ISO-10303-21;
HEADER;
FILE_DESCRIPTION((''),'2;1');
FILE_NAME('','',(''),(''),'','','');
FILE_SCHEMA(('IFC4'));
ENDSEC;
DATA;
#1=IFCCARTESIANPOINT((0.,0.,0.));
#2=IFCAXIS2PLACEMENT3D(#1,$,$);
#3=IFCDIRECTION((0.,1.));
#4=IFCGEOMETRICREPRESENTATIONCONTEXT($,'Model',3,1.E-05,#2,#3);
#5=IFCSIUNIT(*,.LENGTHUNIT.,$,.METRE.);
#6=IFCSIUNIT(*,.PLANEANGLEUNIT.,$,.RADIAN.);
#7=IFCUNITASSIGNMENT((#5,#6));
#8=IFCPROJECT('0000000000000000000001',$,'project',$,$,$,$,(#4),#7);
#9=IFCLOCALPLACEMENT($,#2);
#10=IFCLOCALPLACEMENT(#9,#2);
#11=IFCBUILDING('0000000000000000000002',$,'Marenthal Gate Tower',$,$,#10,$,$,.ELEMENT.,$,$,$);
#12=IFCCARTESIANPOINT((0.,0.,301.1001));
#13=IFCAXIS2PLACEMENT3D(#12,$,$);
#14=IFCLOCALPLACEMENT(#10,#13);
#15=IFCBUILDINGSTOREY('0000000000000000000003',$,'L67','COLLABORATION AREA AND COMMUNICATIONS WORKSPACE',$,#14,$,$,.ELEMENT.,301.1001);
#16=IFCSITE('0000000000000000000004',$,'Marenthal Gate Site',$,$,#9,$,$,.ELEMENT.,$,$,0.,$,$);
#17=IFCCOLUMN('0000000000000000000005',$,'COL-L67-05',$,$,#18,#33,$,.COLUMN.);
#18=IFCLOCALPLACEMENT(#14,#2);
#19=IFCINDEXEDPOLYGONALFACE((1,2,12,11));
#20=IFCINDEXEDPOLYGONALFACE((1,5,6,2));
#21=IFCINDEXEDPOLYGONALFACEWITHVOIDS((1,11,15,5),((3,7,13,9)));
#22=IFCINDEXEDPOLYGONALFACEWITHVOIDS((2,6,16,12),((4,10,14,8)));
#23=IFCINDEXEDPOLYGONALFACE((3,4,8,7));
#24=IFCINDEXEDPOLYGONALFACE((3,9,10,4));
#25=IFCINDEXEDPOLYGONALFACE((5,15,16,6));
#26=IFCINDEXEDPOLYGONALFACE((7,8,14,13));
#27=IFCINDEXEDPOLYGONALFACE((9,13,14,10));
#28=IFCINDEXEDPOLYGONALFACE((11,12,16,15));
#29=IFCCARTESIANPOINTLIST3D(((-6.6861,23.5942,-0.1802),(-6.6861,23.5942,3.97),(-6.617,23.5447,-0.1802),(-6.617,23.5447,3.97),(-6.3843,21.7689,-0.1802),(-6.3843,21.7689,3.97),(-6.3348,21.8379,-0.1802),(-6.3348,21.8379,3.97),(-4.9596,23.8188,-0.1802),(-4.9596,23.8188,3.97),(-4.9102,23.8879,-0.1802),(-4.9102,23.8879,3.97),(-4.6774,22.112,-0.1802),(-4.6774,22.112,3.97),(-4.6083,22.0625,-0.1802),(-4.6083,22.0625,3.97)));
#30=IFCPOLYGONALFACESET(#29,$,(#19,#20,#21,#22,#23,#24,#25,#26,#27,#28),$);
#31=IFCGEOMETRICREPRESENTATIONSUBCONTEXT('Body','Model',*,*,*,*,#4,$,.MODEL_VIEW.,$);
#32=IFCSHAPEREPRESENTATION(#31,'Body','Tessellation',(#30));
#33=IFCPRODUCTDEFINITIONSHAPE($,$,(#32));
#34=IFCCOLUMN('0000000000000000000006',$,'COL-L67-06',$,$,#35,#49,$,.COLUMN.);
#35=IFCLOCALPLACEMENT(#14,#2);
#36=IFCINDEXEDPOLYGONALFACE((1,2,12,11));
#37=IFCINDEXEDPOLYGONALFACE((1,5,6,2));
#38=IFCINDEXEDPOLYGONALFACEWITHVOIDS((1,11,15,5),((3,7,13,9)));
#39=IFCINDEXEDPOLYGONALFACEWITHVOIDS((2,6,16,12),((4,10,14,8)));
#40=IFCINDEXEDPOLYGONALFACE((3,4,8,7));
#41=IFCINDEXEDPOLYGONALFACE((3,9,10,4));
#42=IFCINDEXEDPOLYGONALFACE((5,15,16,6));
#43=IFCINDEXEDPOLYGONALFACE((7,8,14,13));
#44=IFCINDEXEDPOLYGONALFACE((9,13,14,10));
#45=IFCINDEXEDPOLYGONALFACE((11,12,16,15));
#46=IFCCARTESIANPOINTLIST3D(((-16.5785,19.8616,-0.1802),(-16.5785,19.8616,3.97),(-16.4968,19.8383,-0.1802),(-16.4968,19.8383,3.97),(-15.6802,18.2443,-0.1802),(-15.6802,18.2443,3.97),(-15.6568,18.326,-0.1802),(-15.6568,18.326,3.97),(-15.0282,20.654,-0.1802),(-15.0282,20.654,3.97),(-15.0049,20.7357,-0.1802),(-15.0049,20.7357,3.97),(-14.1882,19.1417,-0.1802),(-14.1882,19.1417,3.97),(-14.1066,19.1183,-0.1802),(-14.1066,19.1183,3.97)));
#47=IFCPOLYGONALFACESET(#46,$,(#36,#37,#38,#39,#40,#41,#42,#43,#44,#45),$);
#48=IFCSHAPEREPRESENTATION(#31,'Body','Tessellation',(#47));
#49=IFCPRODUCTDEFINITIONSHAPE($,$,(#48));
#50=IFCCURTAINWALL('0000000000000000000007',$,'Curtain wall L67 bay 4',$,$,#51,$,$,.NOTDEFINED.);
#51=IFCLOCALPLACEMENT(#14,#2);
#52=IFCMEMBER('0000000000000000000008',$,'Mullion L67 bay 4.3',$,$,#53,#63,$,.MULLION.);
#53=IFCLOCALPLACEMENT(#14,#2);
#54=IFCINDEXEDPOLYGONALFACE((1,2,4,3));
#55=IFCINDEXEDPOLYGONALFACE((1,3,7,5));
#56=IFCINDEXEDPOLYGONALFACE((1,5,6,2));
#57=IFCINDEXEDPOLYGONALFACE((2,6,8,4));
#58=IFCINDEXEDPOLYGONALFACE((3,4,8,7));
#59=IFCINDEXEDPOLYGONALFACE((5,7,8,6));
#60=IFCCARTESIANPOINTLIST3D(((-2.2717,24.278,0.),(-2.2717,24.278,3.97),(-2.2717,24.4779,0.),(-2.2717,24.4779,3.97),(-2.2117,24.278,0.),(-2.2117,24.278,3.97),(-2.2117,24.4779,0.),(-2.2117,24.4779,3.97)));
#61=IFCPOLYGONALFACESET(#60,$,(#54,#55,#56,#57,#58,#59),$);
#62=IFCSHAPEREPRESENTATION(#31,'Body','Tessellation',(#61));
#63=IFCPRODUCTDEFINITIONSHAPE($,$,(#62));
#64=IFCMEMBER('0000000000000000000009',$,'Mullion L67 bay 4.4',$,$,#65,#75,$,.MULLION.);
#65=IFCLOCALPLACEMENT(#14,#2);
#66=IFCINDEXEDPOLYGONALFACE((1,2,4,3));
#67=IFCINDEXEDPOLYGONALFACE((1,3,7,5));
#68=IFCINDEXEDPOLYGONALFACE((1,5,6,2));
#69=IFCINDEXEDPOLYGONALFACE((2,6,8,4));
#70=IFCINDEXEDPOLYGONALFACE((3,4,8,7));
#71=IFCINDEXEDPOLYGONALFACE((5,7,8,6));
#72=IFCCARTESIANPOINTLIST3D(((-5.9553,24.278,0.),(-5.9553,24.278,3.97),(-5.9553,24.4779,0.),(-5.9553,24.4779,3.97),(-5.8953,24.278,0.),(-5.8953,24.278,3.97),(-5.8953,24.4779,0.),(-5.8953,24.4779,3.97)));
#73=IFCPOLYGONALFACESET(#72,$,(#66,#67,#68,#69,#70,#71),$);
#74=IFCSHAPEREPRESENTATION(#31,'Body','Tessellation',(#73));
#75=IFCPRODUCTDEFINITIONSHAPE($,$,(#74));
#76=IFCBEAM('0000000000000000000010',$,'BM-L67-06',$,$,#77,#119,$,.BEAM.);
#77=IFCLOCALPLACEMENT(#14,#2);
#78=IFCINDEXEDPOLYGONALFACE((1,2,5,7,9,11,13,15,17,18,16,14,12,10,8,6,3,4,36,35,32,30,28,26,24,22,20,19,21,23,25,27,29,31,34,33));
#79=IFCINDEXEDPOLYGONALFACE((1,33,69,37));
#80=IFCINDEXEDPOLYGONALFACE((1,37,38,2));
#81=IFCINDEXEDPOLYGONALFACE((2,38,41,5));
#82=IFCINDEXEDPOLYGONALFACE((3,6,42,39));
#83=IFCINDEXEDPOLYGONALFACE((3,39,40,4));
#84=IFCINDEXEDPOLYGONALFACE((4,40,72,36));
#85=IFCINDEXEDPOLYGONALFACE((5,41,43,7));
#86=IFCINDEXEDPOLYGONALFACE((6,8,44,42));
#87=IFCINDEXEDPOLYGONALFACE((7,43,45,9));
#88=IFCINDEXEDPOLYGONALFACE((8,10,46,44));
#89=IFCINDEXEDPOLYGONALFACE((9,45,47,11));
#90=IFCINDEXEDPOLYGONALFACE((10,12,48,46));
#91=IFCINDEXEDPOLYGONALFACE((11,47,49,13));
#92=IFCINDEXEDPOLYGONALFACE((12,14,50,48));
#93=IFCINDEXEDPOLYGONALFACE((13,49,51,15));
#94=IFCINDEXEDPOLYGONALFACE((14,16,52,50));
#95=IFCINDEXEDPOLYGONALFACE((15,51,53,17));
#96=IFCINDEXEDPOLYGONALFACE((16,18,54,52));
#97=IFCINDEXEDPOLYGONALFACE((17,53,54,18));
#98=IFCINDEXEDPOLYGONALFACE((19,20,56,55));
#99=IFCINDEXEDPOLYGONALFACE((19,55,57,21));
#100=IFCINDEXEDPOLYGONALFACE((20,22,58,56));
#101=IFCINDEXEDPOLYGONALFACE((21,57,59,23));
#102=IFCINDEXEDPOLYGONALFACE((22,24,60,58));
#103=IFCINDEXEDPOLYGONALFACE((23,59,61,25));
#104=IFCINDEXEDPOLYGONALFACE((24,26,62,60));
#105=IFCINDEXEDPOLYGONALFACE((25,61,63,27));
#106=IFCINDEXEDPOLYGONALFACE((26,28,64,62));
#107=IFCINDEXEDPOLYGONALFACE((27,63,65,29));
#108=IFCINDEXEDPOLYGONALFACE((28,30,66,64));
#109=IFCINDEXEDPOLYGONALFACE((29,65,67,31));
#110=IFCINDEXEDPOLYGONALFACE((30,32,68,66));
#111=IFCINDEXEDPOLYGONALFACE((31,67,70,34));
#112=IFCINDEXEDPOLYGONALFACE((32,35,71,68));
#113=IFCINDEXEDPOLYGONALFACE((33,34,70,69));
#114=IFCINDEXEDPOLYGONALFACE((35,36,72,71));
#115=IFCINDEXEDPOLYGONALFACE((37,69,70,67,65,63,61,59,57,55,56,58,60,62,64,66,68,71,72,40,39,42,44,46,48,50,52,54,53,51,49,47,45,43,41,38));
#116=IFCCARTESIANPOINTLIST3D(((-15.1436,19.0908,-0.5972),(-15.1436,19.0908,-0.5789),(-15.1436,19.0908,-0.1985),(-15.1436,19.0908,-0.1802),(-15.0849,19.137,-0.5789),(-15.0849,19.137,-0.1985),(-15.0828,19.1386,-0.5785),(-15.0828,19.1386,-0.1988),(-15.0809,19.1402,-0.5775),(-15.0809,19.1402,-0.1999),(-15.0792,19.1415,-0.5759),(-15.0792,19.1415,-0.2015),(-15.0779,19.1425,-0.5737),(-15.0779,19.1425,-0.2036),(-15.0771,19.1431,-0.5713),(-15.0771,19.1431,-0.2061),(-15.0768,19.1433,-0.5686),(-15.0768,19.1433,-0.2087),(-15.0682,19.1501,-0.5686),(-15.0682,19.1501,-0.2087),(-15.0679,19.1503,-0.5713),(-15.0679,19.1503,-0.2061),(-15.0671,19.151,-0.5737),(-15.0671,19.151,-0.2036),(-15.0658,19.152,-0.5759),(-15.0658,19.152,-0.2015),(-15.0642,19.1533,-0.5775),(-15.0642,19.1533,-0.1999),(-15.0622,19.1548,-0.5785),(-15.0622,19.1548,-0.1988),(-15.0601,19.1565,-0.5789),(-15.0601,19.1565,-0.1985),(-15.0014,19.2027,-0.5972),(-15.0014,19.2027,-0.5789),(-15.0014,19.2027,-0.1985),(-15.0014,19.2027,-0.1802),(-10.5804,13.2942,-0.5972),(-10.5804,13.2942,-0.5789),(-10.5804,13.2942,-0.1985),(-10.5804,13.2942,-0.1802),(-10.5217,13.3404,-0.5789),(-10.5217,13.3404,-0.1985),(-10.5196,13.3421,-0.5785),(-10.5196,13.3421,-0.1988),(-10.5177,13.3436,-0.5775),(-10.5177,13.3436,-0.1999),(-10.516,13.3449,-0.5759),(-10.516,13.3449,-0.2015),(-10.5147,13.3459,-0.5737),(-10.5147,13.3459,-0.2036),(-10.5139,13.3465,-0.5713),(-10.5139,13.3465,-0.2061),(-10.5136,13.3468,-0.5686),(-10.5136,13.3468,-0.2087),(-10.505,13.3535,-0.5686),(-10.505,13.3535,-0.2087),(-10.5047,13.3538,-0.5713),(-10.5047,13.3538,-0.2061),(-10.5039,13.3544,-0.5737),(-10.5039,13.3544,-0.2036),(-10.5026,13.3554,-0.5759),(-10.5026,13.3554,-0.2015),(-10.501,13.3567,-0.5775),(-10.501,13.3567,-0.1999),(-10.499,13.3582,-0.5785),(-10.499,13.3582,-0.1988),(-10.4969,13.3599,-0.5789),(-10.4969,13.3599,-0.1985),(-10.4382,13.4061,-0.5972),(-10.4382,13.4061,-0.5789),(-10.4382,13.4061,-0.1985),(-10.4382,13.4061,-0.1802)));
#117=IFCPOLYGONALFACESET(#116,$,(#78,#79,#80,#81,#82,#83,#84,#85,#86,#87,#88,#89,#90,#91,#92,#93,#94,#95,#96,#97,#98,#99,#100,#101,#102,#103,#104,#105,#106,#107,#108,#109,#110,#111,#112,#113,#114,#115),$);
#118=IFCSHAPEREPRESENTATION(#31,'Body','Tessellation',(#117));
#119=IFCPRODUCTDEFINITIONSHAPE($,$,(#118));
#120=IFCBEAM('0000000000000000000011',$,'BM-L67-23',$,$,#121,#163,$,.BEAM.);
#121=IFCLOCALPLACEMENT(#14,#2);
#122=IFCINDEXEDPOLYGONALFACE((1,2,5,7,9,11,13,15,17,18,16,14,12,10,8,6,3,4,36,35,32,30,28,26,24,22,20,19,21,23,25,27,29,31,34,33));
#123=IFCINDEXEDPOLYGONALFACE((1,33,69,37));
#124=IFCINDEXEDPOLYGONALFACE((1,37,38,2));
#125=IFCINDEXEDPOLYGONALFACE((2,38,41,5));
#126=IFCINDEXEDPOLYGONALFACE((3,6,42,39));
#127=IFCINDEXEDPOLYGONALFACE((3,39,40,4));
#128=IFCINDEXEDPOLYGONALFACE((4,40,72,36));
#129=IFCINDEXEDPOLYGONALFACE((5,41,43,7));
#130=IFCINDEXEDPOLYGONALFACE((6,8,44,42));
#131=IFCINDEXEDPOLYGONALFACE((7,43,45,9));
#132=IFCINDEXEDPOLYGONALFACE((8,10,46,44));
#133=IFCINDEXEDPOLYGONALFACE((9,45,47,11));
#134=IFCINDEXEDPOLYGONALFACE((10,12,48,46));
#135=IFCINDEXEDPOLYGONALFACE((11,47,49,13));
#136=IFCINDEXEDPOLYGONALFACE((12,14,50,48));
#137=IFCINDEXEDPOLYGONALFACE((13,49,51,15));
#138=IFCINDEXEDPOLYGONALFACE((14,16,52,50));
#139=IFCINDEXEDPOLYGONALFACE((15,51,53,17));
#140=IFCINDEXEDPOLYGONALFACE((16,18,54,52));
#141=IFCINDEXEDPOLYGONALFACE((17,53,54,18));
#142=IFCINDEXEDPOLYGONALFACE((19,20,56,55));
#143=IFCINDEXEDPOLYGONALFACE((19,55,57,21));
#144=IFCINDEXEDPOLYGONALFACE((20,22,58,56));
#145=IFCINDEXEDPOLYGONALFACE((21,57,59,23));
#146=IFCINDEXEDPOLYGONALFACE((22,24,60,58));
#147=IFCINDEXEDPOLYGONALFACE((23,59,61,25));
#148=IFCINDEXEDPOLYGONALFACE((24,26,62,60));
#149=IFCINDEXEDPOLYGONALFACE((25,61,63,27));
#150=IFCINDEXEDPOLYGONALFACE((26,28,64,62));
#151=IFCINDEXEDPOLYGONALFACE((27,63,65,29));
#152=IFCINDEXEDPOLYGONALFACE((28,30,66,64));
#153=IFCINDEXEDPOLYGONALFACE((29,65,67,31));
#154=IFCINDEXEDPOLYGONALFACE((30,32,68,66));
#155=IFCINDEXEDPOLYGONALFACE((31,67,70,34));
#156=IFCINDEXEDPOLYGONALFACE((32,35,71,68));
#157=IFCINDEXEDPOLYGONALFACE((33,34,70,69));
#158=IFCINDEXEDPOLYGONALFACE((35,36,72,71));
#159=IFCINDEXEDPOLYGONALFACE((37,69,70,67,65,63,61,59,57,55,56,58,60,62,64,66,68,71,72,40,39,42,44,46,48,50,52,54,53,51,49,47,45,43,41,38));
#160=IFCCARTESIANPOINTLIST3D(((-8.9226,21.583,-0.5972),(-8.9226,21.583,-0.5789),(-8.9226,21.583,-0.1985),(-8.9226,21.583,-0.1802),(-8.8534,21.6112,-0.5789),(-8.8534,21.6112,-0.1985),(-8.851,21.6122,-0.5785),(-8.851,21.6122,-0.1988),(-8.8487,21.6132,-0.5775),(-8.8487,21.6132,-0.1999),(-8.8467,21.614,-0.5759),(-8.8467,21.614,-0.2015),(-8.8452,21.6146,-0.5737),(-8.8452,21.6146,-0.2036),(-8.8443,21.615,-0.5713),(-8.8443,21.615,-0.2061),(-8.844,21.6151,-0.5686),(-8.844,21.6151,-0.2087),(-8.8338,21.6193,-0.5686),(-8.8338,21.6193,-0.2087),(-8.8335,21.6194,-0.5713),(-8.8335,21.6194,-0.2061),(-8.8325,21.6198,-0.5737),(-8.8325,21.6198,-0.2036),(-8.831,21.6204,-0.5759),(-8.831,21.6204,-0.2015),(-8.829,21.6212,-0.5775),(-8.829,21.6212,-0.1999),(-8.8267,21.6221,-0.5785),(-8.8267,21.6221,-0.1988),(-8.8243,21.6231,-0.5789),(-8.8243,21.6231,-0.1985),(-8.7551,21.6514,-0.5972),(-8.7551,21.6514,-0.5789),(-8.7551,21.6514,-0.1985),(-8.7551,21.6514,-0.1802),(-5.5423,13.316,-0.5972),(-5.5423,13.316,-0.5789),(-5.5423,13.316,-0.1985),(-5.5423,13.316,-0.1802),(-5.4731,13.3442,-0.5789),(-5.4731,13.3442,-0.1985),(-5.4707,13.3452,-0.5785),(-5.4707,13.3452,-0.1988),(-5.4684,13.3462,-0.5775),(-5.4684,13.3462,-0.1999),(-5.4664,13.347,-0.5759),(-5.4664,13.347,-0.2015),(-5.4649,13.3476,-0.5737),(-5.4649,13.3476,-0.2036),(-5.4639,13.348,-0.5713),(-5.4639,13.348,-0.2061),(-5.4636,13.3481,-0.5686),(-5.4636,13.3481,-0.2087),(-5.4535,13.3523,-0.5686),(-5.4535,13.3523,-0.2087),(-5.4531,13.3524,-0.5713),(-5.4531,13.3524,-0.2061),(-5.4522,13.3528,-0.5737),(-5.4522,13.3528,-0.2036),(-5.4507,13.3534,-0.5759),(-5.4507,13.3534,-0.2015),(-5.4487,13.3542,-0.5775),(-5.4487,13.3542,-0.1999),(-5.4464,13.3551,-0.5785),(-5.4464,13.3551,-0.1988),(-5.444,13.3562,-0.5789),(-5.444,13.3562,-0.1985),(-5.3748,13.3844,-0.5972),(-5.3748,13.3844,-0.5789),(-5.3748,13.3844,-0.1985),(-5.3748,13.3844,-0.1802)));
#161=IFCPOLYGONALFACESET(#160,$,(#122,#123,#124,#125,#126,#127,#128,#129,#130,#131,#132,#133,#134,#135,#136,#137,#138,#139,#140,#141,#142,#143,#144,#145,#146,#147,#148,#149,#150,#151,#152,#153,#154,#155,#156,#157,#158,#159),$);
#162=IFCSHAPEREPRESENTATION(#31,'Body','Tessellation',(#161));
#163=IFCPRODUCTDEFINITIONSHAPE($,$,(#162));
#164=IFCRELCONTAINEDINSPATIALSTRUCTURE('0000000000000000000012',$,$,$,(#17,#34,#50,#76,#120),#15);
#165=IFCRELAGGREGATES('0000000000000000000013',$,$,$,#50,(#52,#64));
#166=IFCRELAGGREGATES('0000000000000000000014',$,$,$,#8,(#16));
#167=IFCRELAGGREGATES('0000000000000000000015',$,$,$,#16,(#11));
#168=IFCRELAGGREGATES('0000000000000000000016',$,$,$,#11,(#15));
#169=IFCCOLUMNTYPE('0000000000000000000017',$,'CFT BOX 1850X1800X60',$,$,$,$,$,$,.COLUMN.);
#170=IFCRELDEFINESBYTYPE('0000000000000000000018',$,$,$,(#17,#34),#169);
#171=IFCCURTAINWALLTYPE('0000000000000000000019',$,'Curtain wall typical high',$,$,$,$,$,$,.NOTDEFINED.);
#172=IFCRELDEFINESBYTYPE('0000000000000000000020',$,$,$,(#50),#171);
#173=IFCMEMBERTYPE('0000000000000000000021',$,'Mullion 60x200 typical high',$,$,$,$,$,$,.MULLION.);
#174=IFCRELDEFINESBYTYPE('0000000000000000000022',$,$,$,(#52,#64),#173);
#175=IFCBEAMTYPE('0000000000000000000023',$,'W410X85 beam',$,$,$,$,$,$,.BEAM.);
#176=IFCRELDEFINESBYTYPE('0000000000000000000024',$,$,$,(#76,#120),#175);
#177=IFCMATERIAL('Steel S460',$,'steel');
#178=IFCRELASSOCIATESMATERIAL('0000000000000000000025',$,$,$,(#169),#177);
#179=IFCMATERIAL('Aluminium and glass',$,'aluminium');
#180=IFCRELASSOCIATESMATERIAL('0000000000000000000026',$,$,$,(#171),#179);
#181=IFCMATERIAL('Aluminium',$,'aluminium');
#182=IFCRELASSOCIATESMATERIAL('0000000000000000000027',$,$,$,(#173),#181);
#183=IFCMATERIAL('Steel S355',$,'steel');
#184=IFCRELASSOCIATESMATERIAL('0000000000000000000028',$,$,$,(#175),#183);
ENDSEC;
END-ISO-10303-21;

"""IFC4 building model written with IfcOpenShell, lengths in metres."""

from ifc_helpers import new_model, si_unit, direction, frame, origin, origin_2d, place, context, subcontext, project, spatial, rectangle, hollow_rectangle, i_section, extrude, material, material_profile, profile_set, type_object, element, aggregate, save


model = new_model("IFC4")

# Units and contexts
model_context = context("Model", 3, precision=1e-05, world=origin(), true_north=direction((0.0, 1.0)))
body_context = subcontext(model_context, "Body", "Model", "MODEL_VIEW")
ifc_project = project(units=[si_unit("LENGTHUNIT", "METRE"), si_unit("PLANEANGLEUNIT", "RADIAN")], contexts=[model_context])

# Site, building, storey
site_placement = place(None, origin())
site = spatial("IfcSite", under=ifc_project, at=site_placement, Name="Marenthal Gate Site", CompositionType="ELEMENT", RefElevation=0.0)
building_placement = place(site_placement, origin())
building = spatial("IfcBuilding", under=site, at=building_placement, Name="Marenthal Gate Tower", CompositionType="ELEMENT")
storey_placement = place(building_placement, frame((0.0, 0.0, 301.1001)))
storey = spatial("IfcBuildingStorey", under=building, at=storey_placement, Name="L67", Description="COLLABORATION AREA AND COMMUNICATIONS WORKSPACE", CompositionType="ELEMENT", Elevation=301.1001)

# Columns
ifc_material_1 = material(Name="Steel S460", Category="steel")
ifc_material_profile_1 = material_profile(ifc_material_1, hollow_rectangle(XDim=1.8, YDim=1.8501, WallThickness=0.0601, at=origin_2d()), Name="CFT BOX 1850X1800X60")
ifc_material_2 = material(Name="Concrete 70 MPa", Category="concrete")
ifc_material_profile_2 = material_profile(ifc_material_2, rectangle(XDim=1.6799, YDim=1.73, at=origin_2d()), Name="CFT BOX 1850X1800X60 INFILL")
ifc_profile_set_1 = profile_set([ifc_material_profile_1, ifc_material_profile_2], Name="Steel S460 shell, Concrete 70 MPa infill")
column_type = type_object("IfcColumnType", Name="CFT BOX 1850X1800X60", PredefinedType="COLUMN", material=ifc_profile_set_1)
for number, where, z_axis, x_axis, name in (
    (1, (-5.6472, 22.8284, -0.1802), (0.0, 0.0, 1.0), (0.986603, 0.163137, 0.0), "COL-L67-05"),
    (2, (-15.3425, 19.49, -0.1802), (0.0, 0.0, 1.0), (0.8742, 0.485567, 0.0), "COL-L67-06"),
):
    element("IfcColumn", number, at=place(storey_placement, frame(where, z_axis=z_axis, x_axis=x_axis)), inside=storey, type_object=column_type, Name=name, PredefinedType="COLUMN", context=body_context, shape_type="SweptSolid", body=[
        extrude(hollow_rectangle(XDim=1.8, YDim=1.8501, WallThickness=0.0601, at=origin_2d()), origin(), (0.0, 0.0, 1.0), 4.1501),
    ])

# Curtain wall, members
ifc_material_3 = material(Name="Aluminium and glass", Category="aluminium")
curtain_wall_type = type_object("IfcCurtainWallType", Name="Curtain wall typical high", PredefinedType="NOTDEFINED", material=ifc_material_3)
curtain_wall_placement = place(storey_placement, origin())
curtain_wall = element("IfcCurtainWall", 3, at=curtain_wall_placement, inside=storey, type_object=curtain_wall_type, Name="Curtain wall L67 bay 4", PredefinedType="NOTDEFINED")
ifc_material_4 = material(Name="Aluminium", Category="aluminium")
ifc_material_profile_3 = material_profile(ifc_material_4, rectangle(XDim=0.2, YDim=0.0601, at=origin_2d()), Name="60x200 aluminium mullion")
ifc_profile_set_2 = profile_set([ifc_material_profile_3], Name="Aluminium")
member_type = type_object("IfcMemberType", Name="Mullion 60x200 typical high", PredefinedType="MULLION", material=ifc_profile_set_2)
member_1_placement = place(storey_placement, frame((-2.2417, 24.3779, 0.0), z_axis=(0.0, 0.0, 1.0), x_axis=(0.0, -1.0, 0.0)))
member_1 = element("IfcMember", 4, at=member_1_placement, type_object=member_type, Name="Mullion L67 bay 4.3", PredefinedType="MULLION", context=body_context, shape_type="SweptSolid", body=[
    extrude(rectangle(XDim=0.2, YDim=0.0601, at=origin_2d()), origin(), (0.0, 0.0, 1.0), 3.97),
])
member_2_placement = place(storey_placement, frame((-5.9253, 24.3779, 0.0), z_axis=(0.0, 0.0, 1.0), x_axis=(0.0, -1.0, 0.0)))
member_2 = element("IfcMember", 5, at=member_2_placement, type_object=member_type, Name="Mullion L67 bay 4.4", PredefinedType="MULLION", context=body_context, shape_type="SweptSolid", body=[
    extrude(rectangle(XDim=0.2, YDim=0.0601, at=origin_2d()), origin(), (0.0, 0.0, 1.0), 3.97),
])

# Beams
ifc_material_5 = material(Name="Steel S355", Category="steel")
ifc_material_profile_4 = material_profile(ifc_material_5, i_section(OverallWidth=0.1809, OverallDepth=0.417, WebThickness=0.011, FlangeThickness=0.0183, FilletRadius=0.0103, at=origin_2d()), Name="W410X85")
ifc_profile_set_3 = profile_set([ifc_material_profile_4], Name="Steel S355")
beam_type_1 = type_object("IfcBeamType", Name="W410X85 beam", PredefinedType="BEAM", material=ifc_profile_set_3)
beam_1_placement = place(storey_placement, frame((-15.0725, 19.1467, -0.3887), z_axis=(0.618554, -0.785743, 0.0), x_axis=(0.785743, 0.618554, 0.0)))
element("IfcBeam", 6, at=beam_1_placement, inside=storey, type_object=beam_type_1, Name="BM-L67-06", PredefinedType="BEAM", context=body_context, shape_type="SweptSolid", body=[
    extrude(i_section(OverallWidth=0.1809, OverallDepth=0.417, WebThickness=0.011, FlangeThickness=0.0183, FilletRadius=0.0103, at=origin_2d()), origin(), (0.0, 0.0, 1.0), 7.3772),
])
beam_2_placement = place(storey_placement, frame((-8.8389, 21.6172, -0.3887), z_axis=(0.378477, -0.925611, 0.0), x_axis=(0.925611, 0.378477, 0.0)))
element("IfcBeam", 7, at=beam_2_placement, inside=storey, type_object=beam_type_1, Name="BM-L67-23", PredefinedType="BEAM", context=body_context, shape_type="SweptSolid", body=[
    extrude(i_section(OverallWidth=0.1809, OverallDepth=0.417, WebThickness=0.011, FlangeThickness=0.0183, FilletRadius=0.0103, at=origin_2d()), origin(), (0.0, 0.0, 1.0), 8.9314),
])

aggregate(curtain_wall, [member_1, member_2])

save(model, "model.ifc")
